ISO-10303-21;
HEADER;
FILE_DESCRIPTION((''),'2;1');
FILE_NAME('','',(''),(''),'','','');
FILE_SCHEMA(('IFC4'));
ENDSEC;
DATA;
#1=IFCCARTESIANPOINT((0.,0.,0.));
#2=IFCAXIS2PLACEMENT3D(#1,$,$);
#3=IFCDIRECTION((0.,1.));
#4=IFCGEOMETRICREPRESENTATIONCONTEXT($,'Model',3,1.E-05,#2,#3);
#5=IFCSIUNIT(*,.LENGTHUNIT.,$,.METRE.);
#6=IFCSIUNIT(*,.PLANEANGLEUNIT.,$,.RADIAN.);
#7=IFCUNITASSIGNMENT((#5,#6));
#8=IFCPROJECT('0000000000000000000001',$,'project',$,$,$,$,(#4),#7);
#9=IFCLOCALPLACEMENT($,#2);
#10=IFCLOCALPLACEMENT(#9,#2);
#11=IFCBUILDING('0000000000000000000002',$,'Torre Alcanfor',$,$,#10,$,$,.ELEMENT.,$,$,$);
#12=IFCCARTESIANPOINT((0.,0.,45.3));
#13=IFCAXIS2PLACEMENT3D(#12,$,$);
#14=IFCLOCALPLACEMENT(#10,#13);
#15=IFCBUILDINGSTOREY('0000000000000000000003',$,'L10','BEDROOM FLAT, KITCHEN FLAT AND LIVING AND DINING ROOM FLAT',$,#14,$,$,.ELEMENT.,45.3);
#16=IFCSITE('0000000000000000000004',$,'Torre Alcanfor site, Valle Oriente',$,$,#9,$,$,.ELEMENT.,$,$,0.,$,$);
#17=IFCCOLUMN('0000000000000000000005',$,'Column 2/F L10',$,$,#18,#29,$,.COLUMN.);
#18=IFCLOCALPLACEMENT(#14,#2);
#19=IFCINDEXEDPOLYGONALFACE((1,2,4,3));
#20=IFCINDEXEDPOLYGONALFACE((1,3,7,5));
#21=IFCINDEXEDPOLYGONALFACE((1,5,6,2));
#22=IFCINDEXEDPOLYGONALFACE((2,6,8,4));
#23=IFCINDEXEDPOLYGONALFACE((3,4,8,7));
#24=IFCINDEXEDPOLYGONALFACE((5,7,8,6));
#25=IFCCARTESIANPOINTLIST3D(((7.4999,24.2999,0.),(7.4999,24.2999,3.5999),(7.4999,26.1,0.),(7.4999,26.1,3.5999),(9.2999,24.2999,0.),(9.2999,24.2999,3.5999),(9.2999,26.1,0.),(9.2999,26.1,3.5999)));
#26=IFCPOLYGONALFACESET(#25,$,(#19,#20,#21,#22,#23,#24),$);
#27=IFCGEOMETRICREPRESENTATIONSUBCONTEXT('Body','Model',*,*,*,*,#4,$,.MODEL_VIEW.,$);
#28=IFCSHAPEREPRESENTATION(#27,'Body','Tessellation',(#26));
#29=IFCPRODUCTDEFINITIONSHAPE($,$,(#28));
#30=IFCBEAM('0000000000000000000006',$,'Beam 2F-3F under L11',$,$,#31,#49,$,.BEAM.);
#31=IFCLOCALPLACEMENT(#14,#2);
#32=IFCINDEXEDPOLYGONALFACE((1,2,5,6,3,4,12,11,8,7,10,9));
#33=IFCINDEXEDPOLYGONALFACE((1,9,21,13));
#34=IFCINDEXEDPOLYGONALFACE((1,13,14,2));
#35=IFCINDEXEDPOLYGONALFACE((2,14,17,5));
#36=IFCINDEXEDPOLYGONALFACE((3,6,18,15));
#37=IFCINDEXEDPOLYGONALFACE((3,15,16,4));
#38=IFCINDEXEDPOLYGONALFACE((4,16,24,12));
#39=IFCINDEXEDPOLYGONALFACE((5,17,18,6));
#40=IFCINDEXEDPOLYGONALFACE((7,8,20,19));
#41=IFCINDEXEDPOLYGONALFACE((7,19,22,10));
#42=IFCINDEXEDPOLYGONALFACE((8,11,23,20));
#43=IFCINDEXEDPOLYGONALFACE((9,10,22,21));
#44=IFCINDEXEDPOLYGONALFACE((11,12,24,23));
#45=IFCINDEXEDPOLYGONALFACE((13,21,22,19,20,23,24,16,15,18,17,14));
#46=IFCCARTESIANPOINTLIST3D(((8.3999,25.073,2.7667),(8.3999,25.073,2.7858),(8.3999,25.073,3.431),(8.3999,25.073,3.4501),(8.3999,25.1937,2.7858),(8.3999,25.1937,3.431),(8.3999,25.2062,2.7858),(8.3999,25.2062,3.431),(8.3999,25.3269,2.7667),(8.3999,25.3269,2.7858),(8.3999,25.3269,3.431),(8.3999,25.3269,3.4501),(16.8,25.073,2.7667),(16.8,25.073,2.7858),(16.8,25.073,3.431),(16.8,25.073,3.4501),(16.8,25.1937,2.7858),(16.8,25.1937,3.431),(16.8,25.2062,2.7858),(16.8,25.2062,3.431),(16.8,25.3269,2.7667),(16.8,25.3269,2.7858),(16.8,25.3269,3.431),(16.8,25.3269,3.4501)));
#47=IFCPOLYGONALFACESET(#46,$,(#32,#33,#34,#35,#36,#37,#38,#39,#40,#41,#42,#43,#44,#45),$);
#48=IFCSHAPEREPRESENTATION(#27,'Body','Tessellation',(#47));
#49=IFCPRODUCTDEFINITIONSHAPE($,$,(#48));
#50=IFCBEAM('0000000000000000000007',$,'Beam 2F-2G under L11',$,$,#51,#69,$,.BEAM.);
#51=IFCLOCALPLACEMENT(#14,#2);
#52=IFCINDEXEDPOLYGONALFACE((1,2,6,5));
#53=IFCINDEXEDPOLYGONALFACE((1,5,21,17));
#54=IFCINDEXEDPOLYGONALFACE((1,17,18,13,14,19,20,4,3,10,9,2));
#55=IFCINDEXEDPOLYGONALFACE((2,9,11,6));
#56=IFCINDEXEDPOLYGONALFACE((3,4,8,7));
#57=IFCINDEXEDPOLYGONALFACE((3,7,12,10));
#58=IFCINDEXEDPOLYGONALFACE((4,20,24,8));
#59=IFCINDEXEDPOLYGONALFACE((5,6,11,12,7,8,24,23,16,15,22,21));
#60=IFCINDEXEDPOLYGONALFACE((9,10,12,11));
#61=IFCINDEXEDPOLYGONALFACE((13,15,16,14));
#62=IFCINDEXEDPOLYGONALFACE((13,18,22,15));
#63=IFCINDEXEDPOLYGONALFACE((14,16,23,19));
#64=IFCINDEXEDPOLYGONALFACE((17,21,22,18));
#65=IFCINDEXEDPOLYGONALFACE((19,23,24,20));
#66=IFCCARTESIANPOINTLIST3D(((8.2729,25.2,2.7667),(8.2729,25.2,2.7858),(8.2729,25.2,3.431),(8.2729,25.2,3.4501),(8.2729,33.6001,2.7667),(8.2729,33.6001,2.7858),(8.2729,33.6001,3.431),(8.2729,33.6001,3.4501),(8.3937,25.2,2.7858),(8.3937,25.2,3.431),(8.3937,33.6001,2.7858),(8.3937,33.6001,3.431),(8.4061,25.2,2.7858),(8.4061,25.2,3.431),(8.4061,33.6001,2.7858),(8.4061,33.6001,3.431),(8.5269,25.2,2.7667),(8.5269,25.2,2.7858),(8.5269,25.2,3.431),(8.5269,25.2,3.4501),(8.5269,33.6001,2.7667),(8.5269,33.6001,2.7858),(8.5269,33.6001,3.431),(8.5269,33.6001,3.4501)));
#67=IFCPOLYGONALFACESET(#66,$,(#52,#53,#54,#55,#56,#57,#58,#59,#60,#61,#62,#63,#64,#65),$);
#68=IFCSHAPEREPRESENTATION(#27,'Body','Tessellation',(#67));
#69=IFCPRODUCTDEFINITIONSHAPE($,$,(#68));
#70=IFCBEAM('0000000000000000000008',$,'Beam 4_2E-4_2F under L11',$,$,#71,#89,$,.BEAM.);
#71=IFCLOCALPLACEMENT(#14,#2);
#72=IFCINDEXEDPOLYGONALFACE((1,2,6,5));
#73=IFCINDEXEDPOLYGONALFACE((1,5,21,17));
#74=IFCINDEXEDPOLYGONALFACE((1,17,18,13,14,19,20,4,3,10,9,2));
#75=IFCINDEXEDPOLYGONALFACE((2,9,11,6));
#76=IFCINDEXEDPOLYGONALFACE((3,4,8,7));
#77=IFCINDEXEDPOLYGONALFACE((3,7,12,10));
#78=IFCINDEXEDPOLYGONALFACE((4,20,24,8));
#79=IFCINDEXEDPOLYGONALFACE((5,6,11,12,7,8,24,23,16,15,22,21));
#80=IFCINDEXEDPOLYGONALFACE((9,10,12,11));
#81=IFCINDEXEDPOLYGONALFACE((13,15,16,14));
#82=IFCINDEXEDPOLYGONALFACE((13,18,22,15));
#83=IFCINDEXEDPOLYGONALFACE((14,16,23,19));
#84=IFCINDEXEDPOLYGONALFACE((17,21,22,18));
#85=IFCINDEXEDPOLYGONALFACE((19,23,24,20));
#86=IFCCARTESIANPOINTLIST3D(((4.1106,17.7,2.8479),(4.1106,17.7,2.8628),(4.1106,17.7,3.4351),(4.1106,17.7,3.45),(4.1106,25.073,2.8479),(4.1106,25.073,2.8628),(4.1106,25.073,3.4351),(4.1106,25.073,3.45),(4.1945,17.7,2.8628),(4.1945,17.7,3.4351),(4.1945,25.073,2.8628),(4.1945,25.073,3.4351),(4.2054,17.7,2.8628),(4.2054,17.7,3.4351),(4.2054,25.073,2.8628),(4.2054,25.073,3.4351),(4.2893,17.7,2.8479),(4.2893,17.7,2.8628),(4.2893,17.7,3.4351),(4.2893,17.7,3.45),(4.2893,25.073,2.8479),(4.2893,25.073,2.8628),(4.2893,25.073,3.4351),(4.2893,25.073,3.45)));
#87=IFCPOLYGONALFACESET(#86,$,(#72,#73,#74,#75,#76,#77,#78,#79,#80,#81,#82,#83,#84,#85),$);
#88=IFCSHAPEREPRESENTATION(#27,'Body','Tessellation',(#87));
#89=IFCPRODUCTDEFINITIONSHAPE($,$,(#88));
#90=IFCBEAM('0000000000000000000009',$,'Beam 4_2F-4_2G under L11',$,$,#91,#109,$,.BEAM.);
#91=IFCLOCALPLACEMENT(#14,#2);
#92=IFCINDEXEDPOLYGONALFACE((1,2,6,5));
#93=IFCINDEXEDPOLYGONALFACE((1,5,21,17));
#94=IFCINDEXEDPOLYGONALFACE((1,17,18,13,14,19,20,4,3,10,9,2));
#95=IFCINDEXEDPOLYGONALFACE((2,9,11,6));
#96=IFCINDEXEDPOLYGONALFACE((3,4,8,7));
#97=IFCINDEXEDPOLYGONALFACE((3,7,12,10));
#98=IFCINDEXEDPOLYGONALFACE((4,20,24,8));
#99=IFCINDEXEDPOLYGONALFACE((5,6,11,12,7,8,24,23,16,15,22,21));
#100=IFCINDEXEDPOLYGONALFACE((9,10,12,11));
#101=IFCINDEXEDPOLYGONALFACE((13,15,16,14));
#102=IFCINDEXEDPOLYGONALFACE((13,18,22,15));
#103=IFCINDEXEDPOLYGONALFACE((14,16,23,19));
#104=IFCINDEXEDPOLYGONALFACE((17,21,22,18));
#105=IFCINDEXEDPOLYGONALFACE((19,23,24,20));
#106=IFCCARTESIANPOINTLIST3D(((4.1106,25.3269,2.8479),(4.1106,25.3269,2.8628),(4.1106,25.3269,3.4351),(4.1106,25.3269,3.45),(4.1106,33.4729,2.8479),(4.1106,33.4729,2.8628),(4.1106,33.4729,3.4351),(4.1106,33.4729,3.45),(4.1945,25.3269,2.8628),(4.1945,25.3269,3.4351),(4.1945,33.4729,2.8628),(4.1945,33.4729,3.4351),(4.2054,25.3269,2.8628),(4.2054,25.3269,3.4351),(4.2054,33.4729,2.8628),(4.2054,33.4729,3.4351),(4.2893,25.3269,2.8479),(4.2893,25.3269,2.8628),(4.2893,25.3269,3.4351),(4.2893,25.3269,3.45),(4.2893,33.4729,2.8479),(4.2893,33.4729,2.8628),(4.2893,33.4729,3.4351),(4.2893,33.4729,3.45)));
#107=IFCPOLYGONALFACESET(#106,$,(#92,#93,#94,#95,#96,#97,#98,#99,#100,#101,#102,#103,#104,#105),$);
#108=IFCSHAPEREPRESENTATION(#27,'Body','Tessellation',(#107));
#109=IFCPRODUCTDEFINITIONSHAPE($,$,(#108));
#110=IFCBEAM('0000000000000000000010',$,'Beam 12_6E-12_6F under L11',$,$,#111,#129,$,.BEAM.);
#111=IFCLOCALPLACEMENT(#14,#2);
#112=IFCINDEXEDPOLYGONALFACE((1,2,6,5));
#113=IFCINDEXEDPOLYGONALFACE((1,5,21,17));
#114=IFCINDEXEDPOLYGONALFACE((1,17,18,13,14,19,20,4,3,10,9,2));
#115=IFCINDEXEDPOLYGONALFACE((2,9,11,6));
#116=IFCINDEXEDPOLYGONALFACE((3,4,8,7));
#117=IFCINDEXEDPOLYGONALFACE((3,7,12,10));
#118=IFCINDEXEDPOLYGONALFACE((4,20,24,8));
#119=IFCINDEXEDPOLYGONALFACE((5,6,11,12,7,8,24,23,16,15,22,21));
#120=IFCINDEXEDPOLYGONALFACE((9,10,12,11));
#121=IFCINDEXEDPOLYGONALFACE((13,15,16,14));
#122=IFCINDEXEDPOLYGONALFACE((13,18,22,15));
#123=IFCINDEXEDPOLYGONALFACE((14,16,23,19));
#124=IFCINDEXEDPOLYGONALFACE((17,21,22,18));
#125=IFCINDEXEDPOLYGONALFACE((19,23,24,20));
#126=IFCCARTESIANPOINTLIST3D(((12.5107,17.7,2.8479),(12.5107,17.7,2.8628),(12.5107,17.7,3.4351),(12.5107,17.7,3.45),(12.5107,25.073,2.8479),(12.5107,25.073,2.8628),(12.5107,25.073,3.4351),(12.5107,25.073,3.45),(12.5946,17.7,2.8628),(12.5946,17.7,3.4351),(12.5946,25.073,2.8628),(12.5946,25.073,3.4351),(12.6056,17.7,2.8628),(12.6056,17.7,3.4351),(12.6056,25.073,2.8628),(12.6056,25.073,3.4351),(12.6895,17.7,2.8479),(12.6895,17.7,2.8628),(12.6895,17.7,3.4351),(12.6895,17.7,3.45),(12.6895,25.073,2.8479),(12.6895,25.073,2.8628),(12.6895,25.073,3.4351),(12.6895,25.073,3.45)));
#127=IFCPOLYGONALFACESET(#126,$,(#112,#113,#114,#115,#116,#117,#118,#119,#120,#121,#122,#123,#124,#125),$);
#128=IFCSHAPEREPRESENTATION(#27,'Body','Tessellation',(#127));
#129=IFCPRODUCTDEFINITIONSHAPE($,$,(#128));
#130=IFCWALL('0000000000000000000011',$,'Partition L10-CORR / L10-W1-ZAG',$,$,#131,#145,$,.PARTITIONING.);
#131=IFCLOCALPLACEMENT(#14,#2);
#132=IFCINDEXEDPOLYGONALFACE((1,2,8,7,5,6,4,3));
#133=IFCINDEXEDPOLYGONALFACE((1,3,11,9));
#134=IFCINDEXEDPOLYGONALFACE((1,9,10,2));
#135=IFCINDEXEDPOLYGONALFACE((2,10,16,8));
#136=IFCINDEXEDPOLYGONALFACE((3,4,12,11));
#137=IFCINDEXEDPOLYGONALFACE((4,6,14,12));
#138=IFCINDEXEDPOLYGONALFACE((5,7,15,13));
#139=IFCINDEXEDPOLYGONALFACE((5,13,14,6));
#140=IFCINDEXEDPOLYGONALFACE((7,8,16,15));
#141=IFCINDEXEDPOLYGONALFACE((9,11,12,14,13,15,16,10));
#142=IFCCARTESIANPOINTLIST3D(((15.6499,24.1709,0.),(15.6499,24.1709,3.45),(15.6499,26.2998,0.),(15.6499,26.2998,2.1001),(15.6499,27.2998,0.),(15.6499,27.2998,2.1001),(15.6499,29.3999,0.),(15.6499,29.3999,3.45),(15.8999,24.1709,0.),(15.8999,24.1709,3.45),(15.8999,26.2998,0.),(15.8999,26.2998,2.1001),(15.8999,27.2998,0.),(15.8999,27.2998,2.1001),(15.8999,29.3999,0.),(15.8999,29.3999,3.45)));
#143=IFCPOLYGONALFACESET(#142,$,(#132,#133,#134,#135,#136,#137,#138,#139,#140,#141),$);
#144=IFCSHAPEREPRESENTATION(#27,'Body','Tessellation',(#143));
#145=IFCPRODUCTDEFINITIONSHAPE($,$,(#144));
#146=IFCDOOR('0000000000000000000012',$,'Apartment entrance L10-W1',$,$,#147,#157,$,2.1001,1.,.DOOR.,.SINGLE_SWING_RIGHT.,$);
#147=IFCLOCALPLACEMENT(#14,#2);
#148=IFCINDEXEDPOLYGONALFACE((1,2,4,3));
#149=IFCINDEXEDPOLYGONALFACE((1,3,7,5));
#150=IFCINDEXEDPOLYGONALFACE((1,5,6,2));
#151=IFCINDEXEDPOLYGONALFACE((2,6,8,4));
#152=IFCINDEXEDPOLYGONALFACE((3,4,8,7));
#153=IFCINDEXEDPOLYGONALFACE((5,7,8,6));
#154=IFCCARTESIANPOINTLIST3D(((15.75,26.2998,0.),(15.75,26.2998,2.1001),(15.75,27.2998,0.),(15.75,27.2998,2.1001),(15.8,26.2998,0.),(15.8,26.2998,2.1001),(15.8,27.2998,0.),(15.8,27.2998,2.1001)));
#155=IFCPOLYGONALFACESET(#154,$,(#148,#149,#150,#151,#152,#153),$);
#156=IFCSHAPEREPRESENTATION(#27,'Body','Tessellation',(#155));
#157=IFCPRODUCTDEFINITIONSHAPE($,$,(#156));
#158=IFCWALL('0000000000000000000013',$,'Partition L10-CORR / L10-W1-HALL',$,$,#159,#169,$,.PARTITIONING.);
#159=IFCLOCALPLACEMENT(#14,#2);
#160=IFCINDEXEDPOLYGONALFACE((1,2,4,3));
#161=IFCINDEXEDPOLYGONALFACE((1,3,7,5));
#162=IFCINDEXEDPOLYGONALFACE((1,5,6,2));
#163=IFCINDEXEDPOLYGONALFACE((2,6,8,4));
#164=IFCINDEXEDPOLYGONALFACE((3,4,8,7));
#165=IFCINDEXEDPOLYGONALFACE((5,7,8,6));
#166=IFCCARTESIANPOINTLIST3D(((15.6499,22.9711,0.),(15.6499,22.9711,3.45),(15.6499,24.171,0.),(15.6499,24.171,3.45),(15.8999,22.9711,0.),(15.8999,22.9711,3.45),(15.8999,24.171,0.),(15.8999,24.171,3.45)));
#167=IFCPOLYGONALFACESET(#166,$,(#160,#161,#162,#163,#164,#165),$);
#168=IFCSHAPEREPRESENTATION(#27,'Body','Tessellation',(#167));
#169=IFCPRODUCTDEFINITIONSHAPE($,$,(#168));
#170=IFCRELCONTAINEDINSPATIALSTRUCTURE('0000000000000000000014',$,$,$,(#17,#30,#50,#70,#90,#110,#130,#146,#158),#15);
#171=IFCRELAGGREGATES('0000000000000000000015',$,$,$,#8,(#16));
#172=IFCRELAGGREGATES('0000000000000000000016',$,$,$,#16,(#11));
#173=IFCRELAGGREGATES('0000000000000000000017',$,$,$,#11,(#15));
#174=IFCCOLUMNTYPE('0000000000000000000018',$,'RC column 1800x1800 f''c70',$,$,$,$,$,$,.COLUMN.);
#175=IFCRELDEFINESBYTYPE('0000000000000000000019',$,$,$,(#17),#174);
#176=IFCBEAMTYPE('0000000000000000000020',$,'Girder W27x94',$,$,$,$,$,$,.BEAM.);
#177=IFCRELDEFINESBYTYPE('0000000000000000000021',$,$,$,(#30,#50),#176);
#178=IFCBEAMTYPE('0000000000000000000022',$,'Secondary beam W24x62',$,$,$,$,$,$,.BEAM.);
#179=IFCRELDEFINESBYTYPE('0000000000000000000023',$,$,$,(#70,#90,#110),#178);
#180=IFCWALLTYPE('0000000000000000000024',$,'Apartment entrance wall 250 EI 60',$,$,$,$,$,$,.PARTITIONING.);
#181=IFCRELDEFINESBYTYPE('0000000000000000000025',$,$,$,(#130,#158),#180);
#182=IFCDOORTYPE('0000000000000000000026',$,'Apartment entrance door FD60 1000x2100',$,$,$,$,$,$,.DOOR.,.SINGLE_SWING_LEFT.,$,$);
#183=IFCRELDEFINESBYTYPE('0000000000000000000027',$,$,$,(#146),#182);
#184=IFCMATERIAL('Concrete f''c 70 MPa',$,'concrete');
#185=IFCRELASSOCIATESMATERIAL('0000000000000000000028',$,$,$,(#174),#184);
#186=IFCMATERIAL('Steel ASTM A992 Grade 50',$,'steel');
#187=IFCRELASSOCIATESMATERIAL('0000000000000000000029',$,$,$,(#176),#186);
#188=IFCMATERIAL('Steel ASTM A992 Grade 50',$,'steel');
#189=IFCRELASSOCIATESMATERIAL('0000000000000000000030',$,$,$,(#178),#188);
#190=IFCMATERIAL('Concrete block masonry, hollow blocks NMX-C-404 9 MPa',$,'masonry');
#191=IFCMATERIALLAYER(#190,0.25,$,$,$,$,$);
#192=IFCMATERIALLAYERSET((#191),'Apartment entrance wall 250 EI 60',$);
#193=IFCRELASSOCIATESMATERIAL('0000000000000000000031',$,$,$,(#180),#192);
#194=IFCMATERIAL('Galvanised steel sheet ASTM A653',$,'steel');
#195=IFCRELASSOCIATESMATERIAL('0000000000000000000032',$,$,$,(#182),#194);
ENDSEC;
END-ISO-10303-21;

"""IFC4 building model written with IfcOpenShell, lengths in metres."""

from ifc_helpers import new_model, si_unit, direction, frame, frame_2d, origin, origin_2d, place, context, subcontext, project, spatial, rectangle, i_section, extrude, material, layer, layer_set, material_profile, profile_set, type_object, element, fill, save


model = new_model("IFC4")

# Units and contexts
model_context = context("Model", 3, precision=1e-05, world=origin(), true_north=direction((0.0, 1.0)))
body_context = subcontext(model_context, "Body", "Model", "MODEL_VIEW")
ifc_project = project(units=[si_unit("LENGTHUNIT", "METRE"), si_unit("PLANEANGLEUNIT", "RADIAN")], contexts=[model_context])

# Site, building, storey
site_placement = place(None, origin())
site = spatial("IfcSite", under=ifc_project, at=site_placement, Name="Torre Alcanfor site, Valle Oriente", CompositionType="ELEMENT", RefElevation=0.0)
building_placement = place(site_placement, origin())
building = spatial("IfcBuilding", under=site, at=building_placement, Name="Torre Alcanfor", CompositionType="ELEMENT")
storey_placement = place(building_placement, frame((0.0, 0.0, 45.3)))
storey = spatial("IfcBuildingStorey", under=building, at=storey_placement, Name="L10", Description="BEDROOM FLAT, KITCHEN FLAT AND LIVING AND DINING ROOM FLAT", CompositionType="ELEMENT", Elevation=45.3)

# Column
ifc_material_1 = material(Name="Concrete f'c 70 MPa", Category="concrete")
ifc_material_profile_1 = material_profile(ifc_material_1, rectangle(XDim=1.8, YDim=1.8, at=origin_2d()), Name="1800x1800")
ifc_profile_set_1 = profile_set([ifc_material_profile_1], Name="Concrete f'c 70 MPa")
column_type = type_object("IfcColumnType", Name="RC column 1800x1800 f'c70", PredefinedType="COLUMN", material=ifc_profile_set_1)
column_placement = place(storey_placement, frame((8.3999, 25.2, 0.0), z_axis=(0.0, 0.0, 1.0), x_axis=(1.0, 0.0, 0.0)))
element("IfcColumn", 1, at=column_placement, inside=storey, type_object=column_type, Name="Column 2/F L10", PredefinedType="COLUMN", context=body_context, shape_type="SweptSolid", body=[
    extrude(rectangle(XDim=1.8, YDim=1.8, at=origin_2d()), origin(), (0.0, 0.0, 1.0), 3.5999),
])

# Beams
ifc_material_2 = material(Name="Steel ASTM A992 Grade 50", Category="steel")
ifc_material_profile_2 = material_profile(ifc_material_2, i_section(OverallWidth=0.2539, OverallDepth=0.6833, WebThickness=0.0125, FlangeThickness=0.019, at=origin_2d()), Name="W27x94")
ifc_profile_set_2 = profile_set([ifc_material_profile_2], Name="Steel ASTM A992 Grade 50")
beam_type_1 = type_object("IfcBeamType", Name="Girder W27x94", PredefinedType="BEAM", material=ifc_profile_set_2)
for number, where, z_axis, x_axis, name in (
    (2, (8.3999, 25.2, 3.1084), (1.0, 0.0, 0.0), (0.0, 1.0, 0.0), "Beam 2F-3F under L11"),
    (3, (8.3999, 25.2, 3.1084), (0.0, 1.0, 0.0), (-1.0, 0.0, 0.0), "Beam 2F-2G under L11"),
):
    element("IfcBeam", number, at=place(storey_placement, frame(where, z_axis=z_axis, x_axis=x_axis)), inside=storey, type_object=beam_type_1, Name=name, PredefinedType="BEAM", context=body_context, shape_type="SweptSolid", body=[
        extrude(i_section(OverallWidth=0.2539, OverallDepth=0.6833, WebThickness=0.0125, FlangeThickness=0.019, at=origin_2d()), origin(), (0.0, 0.0, 1.0), 8.4001),
    ])
ifc_material_3 = material(Name="Steel ASTM A992 Grade 50", Category="steel")
ifc_material_profile_3 = material_profile(ifc_material_3, i_section(OverallWidth=0.1787, OverallDepth=0.6021, WebThickness=0.011, FlangeThickness=0.0149, at=origin_2d()), Name="W24x62")
ifc_profile_set_3 = profile_set([ifc_material_profile_3], Name="Steel ASTM A992 Grade 50")
beam_type_2 = type_object("IfcBeamType", Name="Secondary beam W24x62", PredefinedType="BEAM", material=ifc_profile_set_3)
beam_1_placement = place(storey_placement, frame((4.2, 17.7, 3.1489), z_axis=(0.0, 1.0, 0.0), x_axis=(-1.0, 0.0, 0.0)))
element("IfcBeam", 4, at=beam_1_placement, inside=storey, type_object=beam_type_2, Name="Beam 4_2E-4_2F under L11", PredefinedType="BEAM", context=body_context, shape_type="SweptSolid", body=[
    extrude(i_section(OverallWidth=0.1787, OverallDepth=0.6021, WebThickness=0.011, FlangeThickness=0.0149, at=origin_2d()), origin(), (0.0, 0.0, 1.0), 7.373),
])
beam_2_placement = place(storey_placement, frame((4.2, 25.3269, 3.1489), z_axis=(0.0, 1.0, 0.0), x_axis=(-1.0, 0.0, 0.0)))
element("IfcBeam", 5, at=beam_2_placement, inside=storey, type_object=beam_type_2, Name="Beam 4_2F-4_2G under L11", PredefinedType="BEAM", context=body_context, shape_type="SweptSolid", body=[
    extrude(i_section(OverallWidth=0.1787, OverallDepth=0.6021, WebThickness=0.011, FlangeThickness=0.0149, at=origin_2d()), origin(), (0.0, 0.0, 1.0), 8.146),
])
beam_3_placement = place(storey_placement, frame((12.6001, 17.7, 3.1489), z_axis=(0.0, 1.0, 0.0), x_axis=(-1.0, 0.0, 0.0)))
element("IfcBeam", 6, at=beam_3_placement, inside=storey, type_object=beam_type_2, Name="Beam 12_6E-12_6F under L11", PredefinedType="BEAM", context=body_context, shape_type="SweptSolid", body=[
    extrude(i_section(OverallWidth=0.1787, OverallDepth=0.6021, WebThickness=0.011, FlangeThickness=0.0149, at=origin_2d()), origin(), (0.0, 0.0, 1.0), 7.373),
])

# Wall, opening, door
ifc_material_4 = material(Name="Concrete block masonry, hollow blocks NMX-C-404 9 MPa", Category="masonry")
ifc_layer_1 = layer(ifc_material_4, 0.25)
ifc_layer_set_1 = layer_set([ifc_layer_1], Name="Apartment entrance wall 250 EI 60")
wall_type_1 = type_object("IfcWallType", Name="Apartment entrance wall 250 EI 60", PredefinedType="PARTITIONING", material=ifc_layer_set_1)
wall_1_placement = place(storey_placement, frame((15.7749, 24.1709, 0.0), z_axis=(0.0, 0.0, 1.0), x_axis=(0.0, 1.0, 0.0)))
wall_1 = element("IfcWall", 7, at=wall_1_placement, inside=storey, type_object=wall_type_1, Name="Partition L10-CORR / L10-W1-ZAG", PredefinedType="PARTITIONING", context=body_context, shape_type="SweptSolid", body=[
    extrude(rectangle(XDim=5.229, YDim=0.25, at=frame_2d((2.6145, 0.0))), origin(), (0.0, 0.0, 1.0), 3.45),
])
opening_1_placement = place(wall_1_placement, frame((2.1289, 0.0, 0.0)))
opening_1 = element("IfcOpeningElement", 8, at=opening_1_placement, cuts=wall_1, PredefinedType="OPENING", context=body_context, shape_type="SweptSolid", body=[
    extrude(rectangle(XDim=1.0, YDim=2.1001, at=frame_2d((0.5, 1.05))), frame((0.0, 0.135, 0.0), z_axis=(0.0, -1.0, 0.0), x_axis=(1.0, 0.0, 0.0)), (0.0, 0.0, 1.0), 0.27),
])
ifc_material_5 = material(Name="Galvanised steel sheet ASTM A653", Category="steel")
door_type_1 = type_object("IfcDoorType", Name="Apartment entrance door FD60 1000x2100", OperationType="SINGLE_SWING_LEFT", PredefinedType="DOOR", material=ifc_material_5)
door_1_placement = place(opening_1_placement, origin())
door_1 = element("IfcDoor", 9, at=door_1_placement, inside=storey, type_object=door_type_1, Name="Apartment entrance L10-W1", OperationType="SINGLE_SWING_RIGHT", OverallHeight=2.1001, OverallWidth=1.0, PredefinedType="DOOR", context=body_context, shape_type="SweptSolid", body=[
    extrude(rectangle(XDim=1.0, YDim=2.1001, at=frame_2d((0.5, 1.05))), frame((0.0, 0.0249, 0.0), z_axis=(0.0, -1.0, 0.0), x_axis=(1.0, 0.0, 0.0)), (0.0, 0.0, 1.0), 0.05),
])
fill(opening_1, door_1)

# Wall
wall_2_placement = place(storey_placement, frame((15.7749, 22.9709, 0.0), z_axis=(0.0, 0.0, 1.0), x_axis=(0.0, 1.0, 0.0)))
element("IfcWall", 10, at=wall_2_placement, inside=storey, type_object=wall_type_1, Name="Partition L10-CORR / L10-W1-HALL", PredefinedType="PARTITIONING", context=body_context, shape_type="SweptSolid", body=[
    extrude(rectangle(XDim=1.2, YDim=0.25, at=frame_2d((0.6001, 0.0))), origin(), (0.0, 0.0, 1.0), 3.45),
])

save(model, "model.ifc")
